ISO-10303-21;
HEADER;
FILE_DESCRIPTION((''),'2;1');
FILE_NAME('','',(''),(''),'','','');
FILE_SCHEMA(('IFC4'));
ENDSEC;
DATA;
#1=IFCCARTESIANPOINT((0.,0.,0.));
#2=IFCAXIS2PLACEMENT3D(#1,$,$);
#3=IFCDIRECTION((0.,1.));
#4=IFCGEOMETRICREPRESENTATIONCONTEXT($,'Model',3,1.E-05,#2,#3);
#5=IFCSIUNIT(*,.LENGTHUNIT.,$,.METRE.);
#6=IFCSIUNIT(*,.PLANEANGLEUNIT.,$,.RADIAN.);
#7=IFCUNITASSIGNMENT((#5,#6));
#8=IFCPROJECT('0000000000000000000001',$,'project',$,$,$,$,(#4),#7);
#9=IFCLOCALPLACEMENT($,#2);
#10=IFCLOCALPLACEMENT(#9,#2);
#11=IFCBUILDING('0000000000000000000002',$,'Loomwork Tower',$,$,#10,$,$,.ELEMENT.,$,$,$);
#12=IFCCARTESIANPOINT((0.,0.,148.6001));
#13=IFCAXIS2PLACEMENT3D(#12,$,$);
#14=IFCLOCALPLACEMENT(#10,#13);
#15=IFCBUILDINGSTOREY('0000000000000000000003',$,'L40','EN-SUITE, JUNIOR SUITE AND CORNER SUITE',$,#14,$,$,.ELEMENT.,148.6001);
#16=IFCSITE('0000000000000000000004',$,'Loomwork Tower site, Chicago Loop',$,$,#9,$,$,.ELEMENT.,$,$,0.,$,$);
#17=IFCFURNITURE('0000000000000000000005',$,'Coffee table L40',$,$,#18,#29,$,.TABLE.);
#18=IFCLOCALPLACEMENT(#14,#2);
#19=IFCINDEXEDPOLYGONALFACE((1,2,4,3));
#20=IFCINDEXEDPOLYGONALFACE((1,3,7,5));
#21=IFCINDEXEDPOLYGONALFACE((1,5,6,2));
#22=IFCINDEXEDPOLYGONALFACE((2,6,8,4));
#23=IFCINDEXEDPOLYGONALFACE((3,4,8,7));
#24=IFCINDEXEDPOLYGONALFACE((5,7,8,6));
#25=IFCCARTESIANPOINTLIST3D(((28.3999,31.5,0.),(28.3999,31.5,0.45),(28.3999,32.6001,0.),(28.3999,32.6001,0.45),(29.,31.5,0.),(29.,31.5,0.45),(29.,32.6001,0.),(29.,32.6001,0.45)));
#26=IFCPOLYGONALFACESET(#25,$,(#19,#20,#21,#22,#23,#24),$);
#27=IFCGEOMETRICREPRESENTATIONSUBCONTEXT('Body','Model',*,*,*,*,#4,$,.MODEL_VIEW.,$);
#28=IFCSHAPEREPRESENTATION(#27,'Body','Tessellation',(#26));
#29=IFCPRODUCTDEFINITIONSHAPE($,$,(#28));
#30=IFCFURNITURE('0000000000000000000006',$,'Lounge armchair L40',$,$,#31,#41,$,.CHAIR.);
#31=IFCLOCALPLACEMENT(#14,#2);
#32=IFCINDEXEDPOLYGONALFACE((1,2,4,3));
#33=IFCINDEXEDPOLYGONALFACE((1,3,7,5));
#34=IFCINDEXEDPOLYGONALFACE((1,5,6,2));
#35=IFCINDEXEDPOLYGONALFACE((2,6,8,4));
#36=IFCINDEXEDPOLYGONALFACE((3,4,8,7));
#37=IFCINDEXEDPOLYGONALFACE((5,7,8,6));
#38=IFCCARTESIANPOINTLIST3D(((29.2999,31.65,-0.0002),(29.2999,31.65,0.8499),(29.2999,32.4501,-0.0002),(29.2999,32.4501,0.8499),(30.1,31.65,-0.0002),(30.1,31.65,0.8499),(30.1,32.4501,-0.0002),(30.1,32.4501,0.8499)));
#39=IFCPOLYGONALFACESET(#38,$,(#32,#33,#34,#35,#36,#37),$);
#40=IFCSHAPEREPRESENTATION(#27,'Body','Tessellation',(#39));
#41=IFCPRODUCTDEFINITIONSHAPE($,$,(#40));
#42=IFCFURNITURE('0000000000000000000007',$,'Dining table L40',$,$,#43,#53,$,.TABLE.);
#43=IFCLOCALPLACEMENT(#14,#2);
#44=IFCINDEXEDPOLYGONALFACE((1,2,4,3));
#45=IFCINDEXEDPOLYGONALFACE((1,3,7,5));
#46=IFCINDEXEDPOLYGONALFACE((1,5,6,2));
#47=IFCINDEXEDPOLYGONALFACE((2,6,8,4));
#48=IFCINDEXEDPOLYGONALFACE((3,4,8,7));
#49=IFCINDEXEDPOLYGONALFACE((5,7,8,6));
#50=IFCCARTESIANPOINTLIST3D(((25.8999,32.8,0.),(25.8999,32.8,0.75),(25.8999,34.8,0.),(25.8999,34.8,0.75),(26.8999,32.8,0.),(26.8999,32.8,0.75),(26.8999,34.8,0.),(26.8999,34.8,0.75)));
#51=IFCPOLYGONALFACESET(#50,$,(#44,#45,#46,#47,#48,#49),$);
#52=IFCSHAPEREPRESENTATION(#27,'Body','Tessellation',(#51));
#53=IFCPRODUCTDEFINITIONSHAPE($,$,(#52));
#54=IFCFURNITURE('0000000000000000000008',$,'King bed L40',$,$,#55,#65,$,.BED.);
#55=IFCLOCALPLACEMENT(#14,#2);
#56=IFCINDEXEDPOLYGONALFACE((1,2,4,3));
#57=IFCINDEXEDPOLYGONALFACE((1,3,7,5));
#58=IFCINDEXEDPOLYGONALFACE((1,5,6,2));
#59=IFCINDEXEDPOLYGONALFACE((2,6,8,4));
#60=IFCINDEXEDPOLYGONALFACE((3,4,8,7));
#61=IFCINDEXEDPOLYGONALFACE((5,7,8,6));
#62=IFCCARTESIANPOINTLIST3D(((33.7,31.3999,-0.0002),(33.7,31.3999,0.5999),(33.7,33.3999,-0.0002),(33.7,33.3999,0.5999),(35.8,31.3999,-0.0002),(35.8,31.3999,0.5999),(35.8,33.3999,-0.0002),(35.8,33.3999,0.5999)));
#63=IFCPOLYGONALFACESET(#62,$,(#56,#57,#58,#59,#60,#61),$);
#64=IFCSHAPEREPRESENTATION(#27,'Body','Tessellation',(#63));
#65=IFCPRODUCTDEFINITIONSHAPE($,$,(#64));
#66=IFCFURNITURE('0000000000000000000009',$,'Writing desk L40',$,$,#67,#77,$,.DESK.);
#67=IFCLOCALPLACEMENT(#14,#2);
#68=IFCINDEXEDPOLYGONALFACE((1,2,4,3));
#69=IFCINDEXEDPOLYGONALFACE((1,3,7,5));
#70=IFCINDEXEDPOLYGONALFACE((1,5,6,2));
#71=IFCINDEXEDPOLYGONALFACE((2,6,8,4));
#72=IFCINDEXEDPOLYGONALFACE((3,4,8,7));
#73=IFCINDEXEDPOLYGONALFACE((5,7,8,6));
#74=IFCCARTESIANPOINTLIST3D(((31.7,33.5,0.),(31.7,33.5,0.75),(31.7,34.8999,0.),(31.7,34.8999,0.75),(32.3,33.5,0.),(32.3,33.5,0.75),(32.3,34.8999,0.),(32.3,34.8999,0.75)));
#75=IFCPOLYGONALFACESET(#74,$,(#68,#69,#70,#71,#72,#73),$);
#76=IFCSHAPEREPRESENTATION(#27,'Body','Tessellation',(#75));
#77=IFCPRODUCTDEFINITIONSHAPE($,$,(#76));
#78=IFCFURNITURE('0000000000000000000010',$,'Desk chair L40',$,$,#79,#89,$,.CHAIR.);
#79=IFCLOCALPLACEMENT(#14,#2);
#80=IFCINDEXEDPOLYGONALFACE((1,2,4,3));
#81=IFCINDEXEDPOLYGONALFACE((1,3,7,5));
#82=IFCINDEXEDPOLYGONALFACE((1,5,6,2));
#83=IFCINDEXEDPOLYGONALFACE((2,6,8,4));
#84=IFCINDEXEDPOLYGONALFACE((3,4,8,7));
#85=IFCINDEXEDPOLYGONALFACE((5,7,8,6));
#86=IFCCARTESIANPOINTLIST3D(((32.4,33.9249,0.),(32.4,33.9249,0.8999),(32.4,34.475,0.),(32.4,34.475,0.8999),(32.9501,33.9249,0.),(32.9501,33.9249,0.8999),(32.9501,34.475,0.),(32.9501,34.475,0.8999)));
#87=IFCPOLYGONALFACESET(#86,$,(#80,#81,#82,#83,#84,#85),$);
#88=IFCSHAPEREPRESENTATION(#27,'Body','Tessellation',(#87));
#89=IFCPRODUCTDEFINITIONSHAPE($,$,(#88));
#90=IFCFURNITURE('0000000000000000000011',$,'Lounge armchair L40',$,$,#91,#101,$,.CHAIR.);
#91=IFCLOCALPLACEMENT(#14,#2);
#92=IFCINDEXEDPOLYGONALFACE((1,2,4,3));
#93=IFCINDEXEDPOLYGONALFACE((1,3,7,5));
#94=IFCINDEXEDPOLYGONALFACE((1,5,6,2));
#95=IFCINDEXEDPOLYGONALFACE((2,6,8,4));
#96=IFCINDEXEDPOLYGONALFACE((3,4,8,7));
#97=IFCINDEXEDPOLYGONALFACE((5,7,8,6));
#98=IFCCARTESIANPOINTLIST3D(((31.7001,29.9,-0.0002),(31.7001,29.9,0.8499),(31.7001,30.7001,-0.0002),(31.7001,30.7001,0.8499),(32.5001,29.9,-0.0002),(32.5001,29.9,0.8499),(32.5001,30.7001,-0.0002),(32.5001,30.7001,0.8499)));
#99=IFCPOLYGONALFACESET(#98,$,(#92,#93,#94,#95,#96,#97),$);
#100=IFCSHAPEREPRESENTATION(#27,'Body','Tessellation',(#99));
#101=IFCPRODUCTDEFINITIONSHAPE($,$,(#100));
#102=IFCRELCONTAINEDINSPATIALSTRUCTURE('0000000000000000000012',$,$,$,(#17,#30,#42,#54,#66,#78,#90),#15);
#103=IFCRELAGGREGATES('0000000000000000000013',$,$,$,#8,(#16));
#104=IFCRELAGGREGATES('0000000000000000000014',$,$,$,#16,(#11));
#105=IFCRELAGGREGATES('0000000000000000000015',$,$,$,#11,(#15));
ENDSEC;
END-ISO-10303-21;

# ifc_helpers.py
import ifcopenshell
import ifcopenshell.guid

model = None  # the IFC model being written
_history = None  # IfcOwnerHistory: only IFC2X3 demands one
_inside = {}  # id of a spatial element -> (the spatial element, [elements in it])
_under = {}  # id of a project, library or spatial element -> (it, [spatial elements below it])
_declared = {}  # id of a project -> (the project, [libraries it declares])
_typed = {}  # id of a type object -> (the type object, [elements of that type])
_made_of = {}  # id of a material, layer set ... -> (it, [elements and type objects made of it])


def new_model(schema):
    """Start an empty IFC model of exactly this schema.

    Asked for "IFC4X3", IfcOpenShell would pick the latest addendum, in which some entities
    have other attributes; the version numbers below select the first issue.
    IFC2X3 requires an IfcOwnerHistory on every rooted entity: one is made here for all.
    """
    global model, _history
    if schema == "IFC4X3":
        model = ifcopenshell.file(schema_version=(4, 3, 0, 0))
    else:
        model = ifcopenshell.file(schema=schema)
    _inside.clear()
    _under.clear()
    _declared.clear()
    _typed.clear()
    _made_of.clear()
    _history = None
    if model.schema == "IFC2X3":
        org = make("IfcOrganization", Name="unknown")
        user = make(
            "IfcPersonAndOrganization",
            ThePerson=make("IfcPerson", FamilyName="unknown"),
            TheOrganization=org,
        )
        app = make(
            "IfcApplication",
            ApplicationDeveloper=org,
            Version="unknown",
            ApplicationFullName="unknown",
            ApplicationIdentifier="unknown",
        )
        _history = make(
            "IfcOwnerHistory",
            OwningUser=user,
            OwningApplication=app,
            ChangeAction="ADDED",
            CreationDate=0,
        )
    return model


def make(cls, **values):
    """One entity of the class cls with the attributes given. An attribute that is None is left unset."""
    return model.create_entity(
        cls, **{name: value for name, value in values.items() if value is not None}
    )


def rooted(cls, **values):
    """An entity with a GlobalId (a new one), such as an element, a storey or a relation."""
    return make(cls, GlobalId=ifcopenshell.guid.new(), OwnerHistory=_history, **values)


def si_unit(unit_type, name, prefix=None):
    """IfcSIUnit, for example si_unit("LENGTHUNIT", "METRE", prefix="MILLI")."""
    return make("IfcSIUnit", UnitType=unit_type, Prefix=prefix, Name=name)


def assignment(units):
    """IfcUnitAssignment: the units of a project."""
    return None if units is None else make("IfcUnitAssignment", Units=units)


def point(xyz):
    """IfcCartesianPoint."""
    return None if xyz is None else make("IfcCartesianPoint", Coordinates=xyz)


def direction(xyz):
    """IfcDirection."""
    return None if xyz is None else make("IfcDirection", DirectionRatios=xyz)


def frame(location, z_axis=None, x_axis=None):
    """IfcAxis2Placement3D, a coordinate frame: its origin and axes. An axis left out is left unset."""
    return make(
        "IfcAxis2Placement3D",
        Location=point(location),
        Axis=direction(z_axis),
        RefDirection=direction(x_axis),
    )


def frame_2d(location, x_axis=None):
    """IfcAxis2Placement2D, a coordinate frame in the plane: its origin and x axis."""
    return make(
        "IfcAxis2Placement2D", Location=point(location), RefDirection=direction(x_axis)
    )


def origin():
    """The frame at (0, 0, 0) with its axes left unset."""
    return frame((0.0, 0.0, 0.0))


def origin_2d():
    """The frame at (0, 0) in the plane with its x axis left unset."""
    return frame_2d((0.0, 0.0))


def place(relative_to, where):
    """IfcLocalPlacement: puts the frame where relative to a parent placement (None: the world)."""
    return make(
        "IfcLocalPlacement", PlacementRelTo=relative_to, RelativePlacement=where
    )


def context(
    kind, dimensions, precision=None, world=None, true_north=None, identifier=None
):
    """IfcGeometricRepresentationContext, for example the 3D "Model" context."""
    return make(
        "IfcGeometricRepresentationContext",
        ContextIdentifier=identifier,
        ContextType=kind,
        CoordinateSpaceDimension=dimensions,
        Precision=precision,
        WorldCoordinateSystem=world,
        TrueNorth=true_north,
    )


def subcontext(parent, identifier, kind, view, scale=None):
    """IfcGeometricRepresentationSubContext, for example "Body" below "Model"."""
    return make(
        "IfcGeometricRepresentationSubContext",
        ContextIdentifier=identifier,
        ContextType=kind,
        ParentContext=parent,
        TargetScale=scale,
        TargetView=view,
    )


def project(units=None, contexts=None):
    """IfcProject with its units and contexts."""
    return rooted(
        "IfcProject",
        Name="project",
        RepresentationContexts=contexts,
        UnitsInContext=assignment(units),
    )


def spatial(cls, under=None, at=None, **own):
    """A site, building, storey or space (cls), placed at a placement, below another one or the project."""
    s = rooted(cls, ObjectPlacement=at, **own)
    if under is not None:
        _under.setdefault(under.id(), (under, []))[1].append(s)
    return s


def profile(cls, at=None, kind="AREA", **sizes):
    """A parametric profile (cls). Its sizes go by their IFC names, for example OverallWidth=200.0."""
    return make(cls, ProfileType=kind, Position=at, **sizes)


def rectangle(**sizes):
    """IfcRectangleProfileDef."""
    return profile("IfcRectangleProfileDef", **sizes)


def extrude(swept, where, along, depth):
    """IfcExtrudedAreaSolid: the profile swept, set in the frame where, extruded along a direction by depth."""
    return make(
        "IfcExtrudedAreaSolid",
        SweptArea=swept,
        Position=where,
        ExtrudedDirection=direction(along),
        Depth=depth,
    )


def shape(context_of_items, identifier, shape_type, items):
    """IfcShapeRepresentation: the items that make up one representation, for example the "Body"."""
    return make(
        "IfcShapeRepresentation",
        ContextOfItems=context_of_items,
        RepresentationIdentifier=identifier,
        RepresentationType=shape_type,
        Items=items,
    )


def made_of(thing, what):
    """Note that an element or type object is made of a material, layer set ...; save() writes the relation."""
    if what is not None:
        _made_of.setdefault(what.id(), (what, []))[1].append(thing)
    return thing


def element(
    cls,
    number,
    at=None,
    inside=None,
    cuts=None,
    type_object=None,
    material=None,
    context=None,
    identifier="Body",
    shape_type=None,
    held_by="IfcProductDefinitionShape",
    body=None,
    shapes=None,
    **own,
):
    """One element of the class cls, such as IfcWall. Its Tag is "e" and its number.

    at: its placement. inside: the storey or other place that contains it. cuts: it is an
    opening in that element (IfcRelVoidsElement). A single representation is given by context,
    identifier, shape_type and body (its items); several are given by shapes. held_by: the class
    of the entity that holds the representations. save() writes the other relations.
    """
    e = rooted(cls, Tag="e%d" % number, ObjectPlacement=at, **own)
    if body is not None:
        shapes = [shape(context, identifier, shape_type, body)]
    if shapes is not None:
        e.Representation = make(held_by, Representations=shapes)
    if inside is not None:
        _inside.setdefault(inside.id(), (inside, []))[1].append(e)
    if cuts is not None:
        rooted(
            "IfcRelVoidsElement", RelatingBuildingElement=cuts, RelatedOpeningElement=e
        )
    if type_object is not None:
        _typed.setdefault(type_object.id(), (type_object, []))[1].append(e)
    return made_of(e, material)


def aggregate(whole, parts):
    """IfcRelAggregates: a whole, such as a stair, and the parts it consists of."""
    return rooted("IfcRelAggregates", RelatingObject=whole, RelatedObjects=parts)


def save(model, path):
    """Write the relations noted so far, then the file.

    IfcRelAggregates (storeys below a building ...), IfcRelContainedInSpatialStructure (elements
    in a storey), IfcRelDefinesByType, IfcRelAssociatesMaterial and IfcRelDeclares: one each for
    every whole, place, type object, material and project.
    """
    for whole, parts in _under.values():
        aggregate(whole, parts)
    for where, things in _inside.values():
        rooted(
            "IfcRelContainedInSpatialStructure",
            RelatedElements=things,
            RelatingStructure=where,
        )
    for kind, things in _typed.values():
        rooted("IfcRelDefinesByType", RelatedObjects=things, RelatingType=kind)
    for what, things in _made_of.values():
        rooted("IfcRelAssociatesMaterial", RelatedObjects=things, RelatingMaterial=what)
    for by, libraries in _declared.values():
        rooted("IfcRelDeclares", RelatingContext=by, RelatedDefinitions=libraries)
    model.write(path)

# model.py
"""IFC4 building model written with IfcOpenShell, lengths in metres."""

from ifc_helpers import new_model, si_unit, direction, frame, origin, origin_2d, place, context, subcontext, project, spatial, rectangle, extrude, element, save


model = new_model("IFC4")

# Units and contexts
model_context = context("Model", 3, precision=1e-05, world=origin(), true_north=direction((0.0, 1.0)))
body_context = subcontext(model_context, "Body", "Model", "MODEL_VIEW")
ifc_project = project(units=[si_unit("LENGTHUNIT", "METRE"), si_unit("PLANEANGLEUNIT", "RADIAN")], contexts=[model_context])

# Site, building, storey
site_placement = place(None, origin())
site = spatial("IfcSite", under=ifc_project, at=site_placement, Name="Loomwork Tower site, Chicago Loop", CompositionType="ELEMENT", RefElevation=0.0)
building_placement = place(site_placement, origin())
building = spatial("IfcBuilding", under=site, at=building_placement, Name="Loomwork Tower", CompositionType="ELEMENT")
storey_placement = place(building_placement, frame((0.0, 0.0, 148.6001)))
storey = spatial("IfcBuildingStorey", under=building, at=storey_placement, Name="L40", Description="EN-SUITE, JUNIOR SUITE AND CORNER SUITE", CompositionType="ELEMENT", Elevation=148.6001)

# Furniture
furniture_1_placement = place(storey_placement, frame((28.7, 32.05, 0.0), z_axis=(0.0, 0.0, 1.0), x_axis=(1.0, 0.0, 0.0)))
element("IfcFurniture", 1, at=furniture_1_placement, inside=storey, Name="Coffee table L40", PredefinedType="TABLE", context=body_context, shape_type="SweptSolid", body=[
    extrude(rectangle(XDim=0.6001, YDim=1.1001, at=origin_2d()), origin(), (0.0, 0.0, 1.0), 0.45),
])
furniture_2_placement = place(storey_placement, frame((29.7, 32.05, -0.0002), z_axis=(0.0, 0.0, 1.0), x_axis=(1.0, 0.0, 0.0)))
element("IfcFurniture", 2, at=furniture_2_placement, inside=storey, Name="Lounge armchair L40", PredefinedType="CHAIR", context=body_context, shape_type="SweptSolid", body=[
    extrude(rectangle(XDim=0.8, YDim=0.8, at=origin_2d()), origin(), (0.0, 0.0, 1.0), 0.8501),
])
furniture_3_placement = place(storey_placement, frame((26.3999, 33.8, 0.0), z_axis=(0.0, 0.0, 1.0), x_axis=(1.0, 0.0, 0.0)))
element("IfcFurniture", 3, at=furniture_3_placement, inside=storey, Name="Dining table L40", PredefinedType="TABLE", context=body_context, shape_type="SweptSolid", body=[
    extrude(rectangle(XDim=1.0, YDim=2.0, at=origin_2d()), origin(), (0.0, 0.0, 1.0), 0.75),
])
furniture_4_placement = place(storey_placement, frame((34.75, 32.3999, -0.0002), z_axis=(0.0, 0.0, 1.0), x_axis=(1.0, 0.0, 0.0)))
element("IfcFurniture", 4, at=furniture_4_placement, inside=storey, Name="King bed L40", PredefinedType="BED", context=body_context, shape_type="SweptSolid", body=[
    extrude(rectangle(XDim=2.1001, YDim=2.0, at=origin_2d()), origin(), (0.0, 0.0, 1.0), 0.6001),
])
furniture_5_placement = place(storey_placement, frame((32.0, 34.2, 0.0), z_axis=(0.0, 0.0, 1.0), x_axis=(1.0, 0.0, 0.0)))
element("IfcFurniture", 5, at=furniture_5_placement, inside=storey, Name="Writing desk L40", PredefinedType="DESK", context=body_context, shape_type="SweptSolid", body=[
    extrude(rectangle(XDim=0.6001, YDim=1.3999, at=origin_2d()), origin(), (0.0, 0.0, 1.0), 0.75),
])
furniture_6_placement = place(storey_placement, frame((32.675, 34.2, 0.0), z_axis=(0.0, 0.0, 1.0), x_axis=(1.0, 0.0, 0.0)))
element("IfcFurniture", 6, at=furniture_6_placement, inside=storey, Name="Desk chair L40", PredefinedType="CHAIR", context=body_context, shape_type="SweptSolid", body=[
    extrude(rectangle(XDim=0.55, YDim=0.55, at=origin_2d()), origin(), (0.0, 0.0, 1.0), 0.8999),
])
furniture_7_placement = place(storey_placement, frame((32.1001, 30.3, -0.0002), z_axis=(0.0, 0.0, 1.0), x_axis=(1.0, 0.0, 0.0)))
element("IfcFurniture", 7, at=furniture_7_placement, inside=storey, Name="Lounge armchair L40", PredefinedType="CHAIR", context=body_context, shape_type="SweptSolid", body=[
    extrude(rectangle(XDim=0.8, YDim=0.8, at=origin_2d()), origin(), (0.0, 0.0, 1.0), 0.8501),
])

save(model, "model.ifc")
